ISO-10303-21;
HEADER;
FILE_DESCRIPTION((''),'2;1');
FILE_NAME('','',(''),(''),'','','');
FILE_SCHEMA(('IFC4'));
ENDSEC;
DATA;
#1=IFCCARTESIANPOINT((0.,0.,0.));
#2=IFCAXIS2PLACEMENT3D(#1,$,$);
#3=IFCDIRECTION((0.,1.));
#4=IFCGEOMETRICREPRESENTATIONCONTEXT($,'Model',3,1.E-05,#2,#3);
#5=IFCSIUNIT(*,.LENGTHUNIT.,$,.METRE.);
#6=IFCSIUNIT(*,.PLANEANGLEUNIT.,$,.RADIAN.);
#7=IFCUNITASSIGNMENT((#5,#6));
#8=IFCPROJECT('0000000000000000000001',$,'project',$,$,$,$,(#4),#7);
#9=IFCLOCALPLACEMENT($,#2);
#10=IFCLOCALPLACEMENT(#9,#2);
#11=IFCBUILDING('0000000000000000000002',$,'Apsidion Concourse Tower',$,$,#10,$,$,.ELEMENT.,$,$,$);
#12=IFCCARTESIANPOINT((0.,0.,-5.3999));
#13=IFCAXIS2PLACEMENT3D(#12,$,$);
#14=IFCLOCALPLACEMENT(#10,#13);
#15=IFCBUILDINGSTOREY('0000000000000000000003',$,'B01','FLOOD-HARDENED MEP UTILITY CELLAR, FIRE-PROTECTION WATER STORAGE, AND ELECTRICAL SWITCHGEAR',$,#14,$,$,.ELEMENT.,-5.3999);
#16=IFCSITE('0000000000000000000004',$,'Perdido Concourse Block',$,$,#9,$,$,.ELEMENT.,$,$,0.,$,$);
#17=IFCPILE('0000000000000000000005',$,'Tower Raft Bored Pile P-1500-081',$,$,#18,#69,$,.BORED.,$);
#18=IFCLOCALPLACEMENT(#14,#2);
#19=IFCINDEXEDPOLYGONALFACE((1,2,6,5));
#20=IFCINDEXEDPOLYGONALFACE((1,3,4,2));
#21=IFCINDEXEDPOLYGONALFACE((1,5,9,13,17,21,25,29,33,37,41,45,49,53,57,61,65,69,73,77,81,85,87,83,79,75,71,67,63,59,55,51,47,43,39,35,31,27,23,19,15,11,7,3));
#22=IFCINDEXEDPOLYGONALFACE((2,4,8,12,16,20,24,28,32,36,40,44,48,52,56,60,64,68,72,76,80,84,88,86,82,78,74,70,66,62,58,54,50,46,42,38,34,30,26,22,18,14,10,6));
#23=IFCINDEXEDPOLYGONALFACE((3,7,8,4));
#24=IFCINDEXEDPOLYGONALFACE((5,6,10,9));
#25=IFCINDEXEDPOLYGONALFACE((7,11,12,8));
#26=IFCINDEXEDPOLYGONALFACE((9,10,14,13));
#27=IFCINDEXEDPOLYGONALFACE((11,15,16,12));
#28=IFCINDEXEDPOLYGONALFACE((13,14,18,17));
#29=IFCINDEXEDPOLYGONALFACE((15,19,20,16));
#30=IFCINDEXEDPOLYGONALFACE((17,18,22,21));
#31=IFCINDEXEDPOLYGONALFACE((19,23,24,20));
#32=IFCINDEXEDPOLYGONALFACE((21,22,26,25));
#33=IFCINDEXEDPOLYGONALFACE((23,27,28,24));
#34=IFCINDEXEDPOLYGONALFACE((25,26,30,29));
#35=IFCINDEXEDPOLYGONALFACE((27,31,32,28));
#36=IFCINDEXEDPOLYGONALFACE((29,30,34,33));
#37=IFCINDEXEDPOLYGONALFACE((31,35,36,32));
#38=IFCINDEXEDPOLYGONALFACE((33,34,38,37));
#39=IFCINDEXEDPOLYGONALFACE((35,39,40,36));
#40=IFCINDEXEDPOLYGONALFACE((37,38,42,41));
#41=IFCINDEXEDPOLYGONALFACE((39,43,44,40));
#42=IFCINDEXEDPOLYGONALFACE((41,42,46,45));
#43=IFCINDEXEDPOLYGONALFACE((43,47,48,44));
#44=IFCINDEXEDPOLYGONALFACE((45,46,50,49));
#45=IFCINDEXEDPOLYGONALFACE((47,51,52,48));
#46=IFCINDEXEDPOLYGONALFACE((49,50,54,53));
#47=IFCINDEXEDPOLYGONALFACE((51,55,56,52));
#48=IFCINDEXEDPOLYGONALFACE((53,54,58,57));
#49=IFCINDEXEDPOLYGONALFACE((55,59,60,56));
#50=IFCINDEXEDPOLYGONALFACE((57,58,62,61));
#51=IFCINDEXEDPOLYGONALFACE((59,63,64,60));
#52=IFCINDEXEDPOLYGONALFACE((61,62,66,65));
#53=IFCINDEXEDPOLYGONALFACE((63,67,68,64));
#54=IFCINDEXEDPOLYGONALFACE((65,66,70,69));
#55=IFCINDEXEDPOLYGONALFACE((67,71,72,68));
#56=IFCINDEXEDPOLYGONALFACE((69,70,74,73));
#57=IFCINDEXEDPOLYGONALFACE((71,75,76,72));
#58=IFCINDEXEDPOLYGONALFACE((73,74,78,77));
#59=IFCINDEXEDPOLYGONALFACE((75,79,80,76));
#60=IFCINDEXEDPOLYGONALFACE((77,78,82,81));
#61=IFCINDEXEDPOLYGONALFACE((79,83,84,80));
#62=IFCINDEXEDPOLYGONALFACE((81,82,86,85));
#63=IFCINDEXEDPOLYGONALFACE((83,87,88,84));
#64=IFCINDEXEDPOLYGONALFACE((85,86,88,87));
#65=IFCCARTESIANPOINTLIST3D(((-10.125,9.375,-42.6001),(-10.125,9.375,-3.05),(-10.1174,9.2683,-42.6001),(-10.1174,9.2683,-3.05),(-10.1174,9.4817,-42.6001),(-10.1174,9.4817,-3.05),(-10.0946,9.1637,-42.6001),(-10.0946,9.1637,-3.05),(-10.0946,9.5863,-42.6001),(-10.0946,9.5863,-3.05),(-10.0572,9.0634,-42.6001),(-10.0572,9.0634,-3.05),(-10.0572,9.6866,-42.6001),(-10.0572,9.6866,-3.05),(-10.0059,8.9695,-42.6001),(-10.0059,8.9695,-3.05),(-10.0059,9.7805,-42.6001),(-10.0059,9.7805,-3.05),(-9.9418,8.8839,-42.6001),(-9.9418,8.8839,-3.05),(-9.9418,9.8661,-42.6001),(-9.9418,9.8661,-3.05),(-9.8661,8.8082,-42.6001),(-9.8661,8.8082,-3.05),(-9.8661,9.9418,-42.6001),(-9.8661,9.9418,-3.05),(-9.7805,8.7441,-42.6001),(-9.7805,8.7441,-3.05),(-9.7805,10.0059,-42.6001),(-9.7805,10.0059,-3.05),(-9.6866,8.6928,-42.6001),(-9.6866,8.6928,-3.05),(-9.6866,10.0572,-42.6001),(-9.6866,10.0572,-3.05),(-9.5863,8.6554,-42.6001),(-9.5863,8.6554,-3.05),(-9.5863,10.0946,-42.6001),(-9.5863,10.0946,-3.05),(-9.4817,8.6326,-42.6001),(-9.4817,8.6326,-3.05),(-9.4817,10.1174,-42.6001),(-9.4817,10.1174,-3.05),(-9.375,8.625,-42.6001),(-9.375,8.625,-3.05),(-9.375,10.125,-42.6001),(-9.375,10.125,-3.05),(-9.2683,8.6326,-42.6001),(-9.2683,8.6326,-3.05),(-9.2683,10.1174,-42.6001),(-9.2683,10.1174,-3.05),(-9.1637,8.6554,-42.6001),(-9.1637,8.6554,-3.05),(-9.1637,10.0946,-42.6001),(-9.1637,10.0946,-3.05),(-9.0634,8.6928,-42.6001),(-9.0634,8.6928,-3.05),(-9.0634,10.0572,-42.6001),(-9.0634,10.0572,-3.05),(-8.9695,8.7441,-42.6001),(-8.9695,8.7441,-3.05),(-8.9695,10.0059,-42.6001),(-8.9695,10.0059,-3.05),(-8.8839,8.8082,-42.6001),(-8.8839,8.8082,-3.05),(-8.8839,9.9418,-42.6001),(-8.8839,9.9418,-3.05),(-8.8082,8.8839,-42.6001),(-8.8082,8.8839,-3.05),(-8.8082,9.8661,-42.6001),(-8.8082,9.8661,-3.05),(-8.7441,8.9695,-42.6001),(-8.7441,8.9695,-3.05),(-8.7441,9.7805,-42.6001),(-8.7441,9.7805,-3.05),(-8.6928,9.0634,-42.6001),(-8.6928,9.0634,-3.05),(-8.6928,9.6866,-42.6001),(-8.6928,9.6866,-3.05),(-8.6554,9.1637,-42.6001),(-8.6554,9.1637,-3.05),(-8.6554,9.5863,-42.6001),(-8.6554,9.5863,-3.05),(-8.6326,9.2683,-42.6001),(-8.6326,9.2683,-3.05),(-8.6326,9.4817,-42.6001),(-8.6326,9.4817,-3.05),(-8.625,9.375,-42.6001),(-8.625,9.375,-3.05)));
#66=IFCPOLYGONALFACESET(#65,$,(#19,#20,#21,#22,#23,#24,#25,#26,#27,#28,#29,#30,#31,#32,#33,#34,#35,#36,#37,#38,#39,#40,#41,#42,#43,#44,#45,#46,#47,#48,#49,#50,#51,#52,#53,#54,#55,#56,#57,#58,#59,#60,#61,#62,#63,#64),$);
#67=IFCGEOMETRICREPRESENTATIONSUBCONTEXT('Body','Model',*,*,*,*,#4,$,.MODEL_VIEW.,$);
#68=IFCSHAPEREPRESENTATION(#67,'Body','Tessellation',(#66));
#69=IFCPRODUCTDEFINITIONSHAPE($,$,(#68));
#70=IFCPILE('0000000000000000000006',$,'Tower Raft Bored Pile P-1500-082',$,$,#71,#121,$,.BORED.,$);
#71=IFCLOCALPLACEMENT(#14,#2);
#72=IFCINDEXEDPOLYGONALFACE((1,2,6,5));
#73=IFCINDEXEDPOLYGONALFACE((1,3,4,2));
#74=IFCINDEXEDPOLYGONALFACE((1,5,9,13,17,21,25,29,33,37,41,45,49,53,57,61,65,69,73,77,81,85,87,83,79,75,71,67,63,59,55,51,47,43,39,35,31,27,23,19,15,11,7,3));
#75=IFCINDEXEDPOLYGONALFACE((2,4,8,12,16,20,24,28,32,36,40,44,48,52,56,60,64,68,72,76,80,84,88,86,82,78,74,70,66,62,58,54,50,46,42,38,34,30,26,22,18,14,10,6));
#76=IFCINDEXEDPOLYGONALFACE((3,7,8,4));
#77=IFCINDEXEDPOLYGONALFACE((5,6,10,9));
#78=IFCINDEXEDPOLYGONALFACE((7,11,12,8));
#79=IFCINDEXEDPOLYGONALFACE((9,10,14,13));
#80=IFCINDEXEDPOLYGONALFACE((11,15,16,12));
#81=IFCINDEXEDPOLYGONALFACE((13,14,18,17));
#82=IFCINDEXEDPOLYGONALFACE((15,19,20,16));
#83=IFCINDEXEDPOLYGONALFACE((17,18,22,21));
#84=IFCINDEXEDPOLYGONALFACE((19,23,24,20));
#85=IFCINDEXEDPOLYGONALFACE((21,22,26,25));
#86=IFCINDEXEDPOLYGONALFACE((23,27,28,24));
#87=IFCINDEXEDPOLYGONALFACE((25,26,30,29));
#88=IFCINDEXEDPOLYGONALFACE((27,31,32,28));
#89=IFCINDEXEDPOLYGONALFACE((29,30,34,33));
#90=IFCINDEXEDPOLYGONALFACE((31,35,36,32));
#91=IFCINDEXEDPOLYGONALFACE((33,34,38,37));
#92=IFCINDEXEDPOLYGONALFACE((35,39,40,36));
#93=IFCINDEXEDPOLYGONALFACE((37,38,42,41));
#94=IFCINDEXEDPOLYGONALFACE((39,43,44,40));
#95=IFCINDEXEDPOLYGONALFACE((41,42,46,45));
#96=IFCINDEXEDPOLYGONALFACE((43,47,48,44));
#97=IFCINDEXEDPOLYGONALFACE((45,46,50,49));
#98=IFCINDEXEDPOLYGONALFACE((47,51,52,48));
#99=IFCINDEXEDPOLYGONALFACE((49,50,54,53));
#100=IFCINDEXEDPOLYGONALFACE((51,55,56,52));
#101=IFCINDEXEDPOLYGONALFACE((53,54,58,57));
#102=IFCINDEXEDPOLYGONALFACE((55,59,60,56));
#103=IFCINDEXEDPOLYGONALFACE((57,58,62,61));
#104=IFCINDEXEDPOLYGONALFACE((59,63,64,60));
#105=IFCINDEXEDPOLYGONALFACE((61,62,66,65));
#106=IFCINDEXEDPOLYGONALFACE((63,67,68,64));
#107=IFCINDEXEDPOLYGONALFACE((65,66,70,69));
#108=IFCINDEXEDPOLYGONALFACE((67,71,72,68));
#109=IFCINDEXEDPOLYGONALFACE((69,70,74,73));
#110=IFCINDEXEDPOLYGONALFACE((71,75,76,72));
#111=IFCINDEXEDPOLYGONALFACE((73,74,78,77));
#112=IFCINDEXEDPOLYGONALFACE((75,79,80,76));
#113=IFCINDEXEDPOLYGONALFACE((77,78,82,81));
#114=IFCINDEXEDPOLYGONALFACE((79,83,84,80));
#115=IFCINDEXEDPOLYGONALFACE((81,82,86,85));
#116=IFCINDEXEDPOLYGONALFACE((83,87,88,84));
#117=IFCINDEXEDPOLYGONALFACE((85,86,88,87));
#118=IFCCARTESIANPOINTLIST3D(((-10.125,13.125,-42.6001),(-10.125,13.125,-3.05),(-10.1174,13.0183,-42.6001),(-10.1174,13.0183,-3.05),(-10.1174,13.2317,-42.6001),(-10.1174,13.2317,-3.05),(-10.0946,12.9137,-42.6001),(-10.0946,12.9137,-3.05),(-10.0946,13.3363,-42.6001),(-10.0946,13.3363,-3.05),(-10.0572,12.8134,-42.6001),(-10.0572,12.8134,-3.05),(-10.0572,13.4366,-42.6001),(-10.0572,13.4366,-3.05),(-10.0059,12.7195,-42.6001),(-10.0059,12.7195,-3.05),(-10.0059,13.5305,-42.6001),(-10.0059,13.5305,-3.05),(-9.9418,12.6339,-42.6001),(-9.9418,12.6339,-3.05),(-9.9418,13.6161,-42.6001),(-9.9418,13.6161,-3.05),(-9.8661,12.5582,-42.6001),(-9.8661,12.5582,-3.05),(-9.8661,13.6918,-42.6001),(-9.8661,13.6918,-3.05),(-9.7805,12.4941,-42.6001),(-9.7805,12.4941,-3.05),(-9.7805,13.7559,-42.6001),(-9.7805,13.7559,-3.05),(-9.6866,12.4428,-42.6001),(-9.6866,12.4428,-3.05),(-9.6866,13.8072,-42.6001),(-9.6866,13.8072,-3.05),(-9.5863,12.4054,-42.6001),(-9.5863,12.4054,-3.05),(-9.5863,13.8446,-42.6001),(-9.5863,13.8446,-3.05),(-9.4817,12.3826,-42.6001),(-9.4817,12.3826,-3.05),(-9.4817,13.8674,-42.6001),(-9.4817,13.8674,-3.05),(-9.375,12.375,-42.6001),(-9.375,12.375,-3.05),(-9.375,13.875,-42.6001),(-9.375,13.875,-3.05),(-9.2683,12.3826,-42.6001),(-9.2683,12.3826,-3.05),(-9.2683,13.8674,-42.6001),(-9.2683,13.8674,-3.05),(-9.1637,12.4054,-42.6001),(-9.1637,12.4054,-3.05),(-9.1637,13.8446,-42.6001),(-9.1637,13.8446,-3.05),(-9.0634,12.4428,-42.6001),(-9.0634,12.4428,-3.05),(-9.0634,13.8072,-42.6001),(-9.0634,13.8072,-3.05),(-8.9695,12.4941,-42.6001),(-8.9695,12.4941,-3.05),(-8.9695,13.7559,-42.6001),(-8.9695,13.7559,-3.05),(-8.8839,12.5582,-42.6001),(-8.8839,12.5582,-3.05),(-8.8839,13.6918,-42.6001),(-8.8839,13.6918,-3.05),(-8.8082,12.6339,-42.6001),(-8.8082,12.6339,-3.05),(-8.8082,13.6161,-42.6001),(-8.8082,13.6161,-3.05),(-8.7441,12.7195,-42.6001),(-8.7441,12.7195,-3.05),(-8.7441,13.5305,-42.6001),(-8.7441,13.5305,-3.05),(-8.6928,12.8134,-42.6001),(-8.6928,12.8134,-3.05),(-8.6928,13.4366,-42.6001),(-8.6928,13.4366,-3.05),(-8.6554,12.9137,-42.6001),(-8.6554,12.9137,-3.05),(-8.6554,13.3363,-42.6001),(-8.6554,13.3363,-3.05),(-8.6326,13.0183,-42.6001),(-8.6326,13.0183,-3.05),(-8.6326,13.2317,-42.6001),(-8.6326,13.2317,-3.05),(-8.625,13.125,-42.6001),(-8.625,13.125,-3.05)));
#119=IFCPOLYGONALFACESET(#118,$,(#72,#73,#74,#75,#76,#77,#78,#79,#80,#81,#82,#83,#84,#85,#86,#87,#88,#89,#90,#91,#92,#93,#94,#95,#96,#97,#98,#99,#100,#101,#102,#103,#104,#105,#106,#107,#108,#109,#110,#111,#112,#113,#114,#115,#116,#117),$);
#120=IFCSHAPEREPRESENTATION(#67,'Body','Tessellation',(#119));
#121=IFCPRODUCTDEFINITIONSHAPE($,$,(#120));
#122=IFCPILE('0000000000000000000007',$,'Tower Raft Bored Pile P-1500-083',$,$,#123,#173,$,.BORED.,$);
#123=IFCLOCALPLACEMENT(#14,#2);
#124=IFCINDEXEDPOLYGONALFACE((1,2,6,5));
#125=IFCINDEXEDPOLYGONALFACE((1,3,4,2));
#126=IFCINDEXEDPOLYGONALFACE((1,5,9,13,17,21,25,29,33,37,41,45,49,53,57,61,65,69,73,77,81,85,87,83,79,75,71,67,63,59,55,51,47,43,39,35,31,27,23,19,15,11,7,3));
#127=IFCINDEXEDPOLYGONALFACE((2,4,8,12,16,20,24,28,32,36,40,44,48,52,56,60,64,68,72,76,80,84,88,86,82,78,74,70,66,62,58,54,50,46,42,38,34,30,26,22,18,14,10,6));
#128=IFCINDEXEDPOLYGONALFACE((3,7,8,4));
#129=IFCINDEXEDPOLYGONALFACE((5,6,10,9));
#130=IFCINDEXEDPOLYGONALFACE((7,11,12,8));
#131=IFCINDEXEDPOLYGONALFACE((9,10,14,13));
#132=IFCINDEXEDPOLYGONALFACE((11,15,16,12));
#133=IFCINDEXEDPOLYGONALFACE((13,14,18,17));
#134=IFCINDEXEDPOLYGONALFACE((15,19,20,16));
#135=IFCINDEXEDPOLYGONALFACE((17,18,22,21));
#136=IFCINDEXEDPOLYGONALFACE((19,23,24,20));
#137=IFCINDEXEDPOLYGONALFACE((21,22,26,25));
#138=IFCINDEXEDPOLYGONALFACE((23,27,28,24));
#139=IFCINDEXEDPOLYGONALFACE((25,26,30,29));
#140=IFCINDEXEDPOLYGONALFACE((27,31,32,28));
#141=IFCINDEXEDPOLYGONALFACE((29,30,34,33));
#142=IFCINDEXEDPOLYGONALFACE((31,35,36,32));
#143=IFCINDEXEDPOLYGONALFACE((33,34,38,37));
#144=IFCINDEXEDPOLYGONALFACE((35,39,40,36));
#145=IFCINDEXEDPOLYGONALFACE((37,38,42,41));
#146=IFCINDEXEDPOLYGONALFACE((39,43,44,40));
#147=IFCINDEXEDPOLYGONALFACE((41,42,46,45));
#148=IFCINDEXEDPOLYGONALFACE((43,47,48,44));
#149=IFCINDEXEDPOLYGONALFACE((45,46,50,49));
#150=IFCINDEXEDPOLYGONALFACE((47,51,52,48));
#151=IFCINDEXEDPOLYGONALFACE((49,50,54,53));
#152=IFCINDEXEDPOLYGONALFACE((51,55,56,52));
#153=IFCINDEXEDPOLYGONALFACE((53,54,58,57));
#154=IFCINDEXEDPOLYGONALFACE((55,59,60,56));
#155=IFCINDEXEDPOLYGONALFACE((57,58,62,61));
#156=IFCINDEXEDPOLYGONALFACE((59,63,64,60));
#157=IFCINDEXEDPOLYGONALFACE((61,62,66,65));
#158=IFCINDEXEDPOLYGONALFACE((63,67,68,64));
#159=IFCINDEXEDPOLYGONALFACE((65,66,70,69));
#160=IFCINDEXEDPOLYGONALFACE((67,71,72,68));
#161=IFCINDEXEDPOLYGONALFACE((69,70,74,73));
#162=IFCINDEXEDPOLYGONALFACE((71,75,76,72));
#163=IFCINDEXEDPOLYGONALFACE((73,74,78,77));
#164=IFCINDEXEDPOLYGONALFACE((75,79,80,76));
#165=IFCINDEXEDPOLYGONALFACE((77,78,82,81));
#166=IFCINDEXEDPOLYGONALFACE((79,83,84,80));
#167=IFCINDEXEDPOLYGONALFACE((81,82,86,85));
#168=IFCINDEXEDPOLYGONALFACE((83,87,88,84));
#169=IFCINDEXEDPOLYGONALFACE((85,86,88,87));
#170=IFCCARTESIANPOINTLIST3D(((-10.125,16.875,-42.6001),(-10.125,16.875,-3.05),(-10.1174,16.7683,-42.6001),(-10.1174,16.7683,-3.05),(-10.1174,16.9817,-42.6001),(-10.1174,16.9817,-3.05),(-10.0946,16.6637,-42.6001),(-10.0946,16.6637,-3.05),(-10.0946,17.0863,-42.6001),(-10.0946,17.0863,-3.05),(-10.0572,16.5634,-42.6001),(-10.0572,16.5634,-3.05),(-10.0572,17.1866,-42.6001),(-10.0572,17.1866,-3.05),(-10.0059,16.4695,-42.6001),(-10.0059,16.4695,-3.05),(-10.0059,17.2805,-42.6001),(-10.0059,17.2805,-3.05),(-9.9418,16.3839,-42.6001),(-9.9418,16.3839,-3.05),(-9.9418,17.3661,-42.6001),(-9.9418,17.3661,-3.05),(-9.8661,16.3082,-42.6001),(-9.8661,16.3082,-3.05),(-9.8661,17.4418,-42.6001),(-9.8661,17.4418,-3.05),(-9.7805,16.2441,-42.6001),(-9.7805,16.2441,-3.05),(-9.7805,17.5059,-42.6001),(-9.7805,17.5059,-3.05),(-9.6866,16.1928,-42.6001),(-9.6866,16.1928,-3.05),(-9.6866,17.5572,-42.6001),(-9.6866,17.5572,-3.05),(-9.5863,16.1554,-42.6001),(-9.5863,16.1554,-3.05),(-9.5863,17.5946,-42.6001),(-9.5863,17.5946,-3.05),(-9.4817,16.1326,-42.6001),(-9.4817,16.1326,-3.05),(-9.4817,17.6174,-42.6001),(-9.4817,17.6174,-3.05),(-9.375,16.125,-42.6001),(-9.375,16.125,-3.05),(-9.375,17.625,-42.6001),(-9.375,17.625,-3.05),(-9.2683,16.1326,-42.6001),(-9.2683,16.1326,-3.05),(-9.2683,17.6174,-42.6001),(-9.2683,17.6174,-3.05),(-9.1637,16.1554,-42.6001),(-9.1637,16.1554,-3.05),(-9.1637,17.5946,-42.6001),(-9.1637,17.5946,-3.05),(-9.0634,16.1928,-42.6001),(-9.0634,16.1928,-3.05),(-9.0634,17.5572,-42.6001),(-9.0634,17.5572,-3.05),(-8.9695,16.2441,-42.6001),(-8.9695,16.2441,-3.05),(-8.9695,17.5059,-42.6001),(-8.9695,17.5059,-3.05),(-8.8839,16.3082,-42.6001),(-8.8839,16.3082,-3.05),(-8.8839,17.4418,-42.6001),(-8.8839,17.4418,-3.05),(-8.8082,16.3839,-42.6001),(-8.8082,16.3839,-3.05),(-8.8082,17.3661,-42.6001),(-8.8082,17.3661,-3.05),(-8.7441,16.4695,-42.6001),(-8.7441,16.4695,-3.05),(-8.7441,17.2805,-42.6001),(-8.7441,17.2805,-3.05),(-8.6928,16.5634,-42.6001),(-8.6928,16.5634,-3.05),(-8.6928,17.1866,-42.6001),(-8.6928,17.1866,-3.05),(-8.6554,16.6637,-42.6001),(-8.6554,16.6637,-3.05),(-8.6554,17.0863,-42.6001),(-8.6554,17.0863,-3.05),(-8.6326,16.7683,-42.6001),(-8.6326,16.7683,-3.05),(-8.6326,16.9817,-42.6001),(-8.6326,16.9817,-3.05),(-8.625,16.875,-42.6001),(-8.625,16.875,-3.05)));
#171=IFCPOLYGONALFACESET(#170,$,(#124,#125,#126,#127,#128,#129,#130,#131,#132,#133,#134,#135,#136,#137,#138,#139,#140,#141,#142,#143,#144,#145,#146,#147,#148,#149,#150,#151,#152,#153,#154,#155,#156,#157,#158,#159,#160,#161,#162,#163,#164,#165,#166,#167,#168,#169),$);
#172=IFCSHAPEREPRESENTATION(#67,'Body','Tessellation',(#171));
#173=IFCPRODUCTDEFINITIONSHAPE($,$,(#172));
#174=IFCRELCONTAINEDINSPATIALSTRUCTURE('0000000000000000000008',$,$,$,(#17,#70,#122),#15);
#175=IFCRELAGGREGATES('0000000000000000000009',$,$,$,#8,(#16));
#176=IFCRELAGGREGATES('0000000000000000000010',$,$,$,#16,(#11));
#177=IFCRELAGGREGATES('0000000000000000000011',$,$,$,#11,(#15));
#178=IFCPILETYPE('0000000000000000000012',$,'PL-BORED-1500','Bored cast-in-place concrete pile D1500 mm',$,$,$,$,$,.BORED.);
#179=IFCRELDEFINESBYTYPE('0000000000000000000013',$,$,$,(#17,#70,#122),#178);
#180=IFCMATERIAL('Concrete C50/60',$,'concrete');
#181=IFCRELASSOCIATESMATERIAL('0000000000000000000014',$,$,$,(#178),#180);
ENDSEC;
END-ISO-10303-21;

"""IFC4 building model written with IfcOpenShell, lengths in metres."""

from ifc_helpers import new_model, si_unit, direction, frame, origin, origin_2d, place, context, subcontext, project, spatial, circle, extrude, material, material_profile, profile_set, type_object, element, save


model = new_model("IFC4")

# Units and contexts
model_context = context("Model", 3, precision=1e-05, world=origin(), true_north=direction((0.0, 1.0)))
body_context = subcontext(model_context, "Body", "Model", "MODEL_VIEW")
ifc_project = project(units=[si_unit("LENGTHUNIT", "METRE"), si_unit("PLANEANGLEUNIT", "RADIAN")], contexts=[model_context])

# Site, building, storey
site_placement = place(None, origin())
site = spatial("IfcSite", under=ifc_project, at=site_placement, Name="Perdido Concourse Block", CompositionType="ELEMENT", RefElevation=0.0)
building_placement = place(site_placement, origin())
building = spatial("IfcBuilding", under=site, at=building_placement, Name="Apsidion Concourse Tower", CompositionType="ELEMENT")
storey_placement = place(building_placement, frame((0.0, 0.0, -5.3999)))
storey = spatial("IfcBuildingStorey", under=building, at=storey_placement, Name="B01", Description="FLOOD-HARDENED MEP UTILITY CELLAR, FIRE-PROTECTION WATER STORAGE, AND ELECTRICAL SWITCHGEAR", CompositionType="ELEMENT", Elevation=-5.3999)

# Shared definitions
ifc_material_1 = material(Name="Concrete C50/60", Category="concrete")

# Piles
ifc_material_profile_1 = material_profile(ifc_material_1, circle(Radius=0.75, at=origin_2d()), Name="BORED PILE D1500")
ifc_profile_set_1 = profile_set([ifc_material_profile_1], Name="Concrete C50/60")
pile_type_1 = type_object("IfcPileType", Name="PL-BORED-1500", Description="Bored cast-in-place concrete pile D1500 mm", PredefinedType="BORED", material=ifc_profile_set_1)
for number, where, z_axis, x_axis, name in (
    (1, (-9.375, 9.375, -3.05), (0.0, 0.0, -1.0), (1.0, 0.0, 0.0), "Tower Raft Bored Pile P-1500-081"),
    (2, (-9.375, 13.125, -3.05), (0.0, 0.0, -1.0), (1.0, 0.0, 0.0), "Tower Raft Bored Pile P-1500-082"),
    (3, (-9.375, 16.875, -3.05), (0.0, 0.0, -1.0), (1.0, 0.0, 0.0), "Tower Raft Bored Pile P-1500-083"),
):
    element("IfcPile", number, at=place(storey_placement, frame(where, z_axis=z_axis, x_axis=x_axis)), inside=storey, type_object=pile_type_1, Name=name, PredefinedType="BORED", context=body_context, shape_type="SweptSolid", body=[
        extrude(circle(Radius=0.75, at=origin_2d()), origin(), (0.0, 0.0, 1.0), 39.55),
    ])

save(model, "model.ifc")
